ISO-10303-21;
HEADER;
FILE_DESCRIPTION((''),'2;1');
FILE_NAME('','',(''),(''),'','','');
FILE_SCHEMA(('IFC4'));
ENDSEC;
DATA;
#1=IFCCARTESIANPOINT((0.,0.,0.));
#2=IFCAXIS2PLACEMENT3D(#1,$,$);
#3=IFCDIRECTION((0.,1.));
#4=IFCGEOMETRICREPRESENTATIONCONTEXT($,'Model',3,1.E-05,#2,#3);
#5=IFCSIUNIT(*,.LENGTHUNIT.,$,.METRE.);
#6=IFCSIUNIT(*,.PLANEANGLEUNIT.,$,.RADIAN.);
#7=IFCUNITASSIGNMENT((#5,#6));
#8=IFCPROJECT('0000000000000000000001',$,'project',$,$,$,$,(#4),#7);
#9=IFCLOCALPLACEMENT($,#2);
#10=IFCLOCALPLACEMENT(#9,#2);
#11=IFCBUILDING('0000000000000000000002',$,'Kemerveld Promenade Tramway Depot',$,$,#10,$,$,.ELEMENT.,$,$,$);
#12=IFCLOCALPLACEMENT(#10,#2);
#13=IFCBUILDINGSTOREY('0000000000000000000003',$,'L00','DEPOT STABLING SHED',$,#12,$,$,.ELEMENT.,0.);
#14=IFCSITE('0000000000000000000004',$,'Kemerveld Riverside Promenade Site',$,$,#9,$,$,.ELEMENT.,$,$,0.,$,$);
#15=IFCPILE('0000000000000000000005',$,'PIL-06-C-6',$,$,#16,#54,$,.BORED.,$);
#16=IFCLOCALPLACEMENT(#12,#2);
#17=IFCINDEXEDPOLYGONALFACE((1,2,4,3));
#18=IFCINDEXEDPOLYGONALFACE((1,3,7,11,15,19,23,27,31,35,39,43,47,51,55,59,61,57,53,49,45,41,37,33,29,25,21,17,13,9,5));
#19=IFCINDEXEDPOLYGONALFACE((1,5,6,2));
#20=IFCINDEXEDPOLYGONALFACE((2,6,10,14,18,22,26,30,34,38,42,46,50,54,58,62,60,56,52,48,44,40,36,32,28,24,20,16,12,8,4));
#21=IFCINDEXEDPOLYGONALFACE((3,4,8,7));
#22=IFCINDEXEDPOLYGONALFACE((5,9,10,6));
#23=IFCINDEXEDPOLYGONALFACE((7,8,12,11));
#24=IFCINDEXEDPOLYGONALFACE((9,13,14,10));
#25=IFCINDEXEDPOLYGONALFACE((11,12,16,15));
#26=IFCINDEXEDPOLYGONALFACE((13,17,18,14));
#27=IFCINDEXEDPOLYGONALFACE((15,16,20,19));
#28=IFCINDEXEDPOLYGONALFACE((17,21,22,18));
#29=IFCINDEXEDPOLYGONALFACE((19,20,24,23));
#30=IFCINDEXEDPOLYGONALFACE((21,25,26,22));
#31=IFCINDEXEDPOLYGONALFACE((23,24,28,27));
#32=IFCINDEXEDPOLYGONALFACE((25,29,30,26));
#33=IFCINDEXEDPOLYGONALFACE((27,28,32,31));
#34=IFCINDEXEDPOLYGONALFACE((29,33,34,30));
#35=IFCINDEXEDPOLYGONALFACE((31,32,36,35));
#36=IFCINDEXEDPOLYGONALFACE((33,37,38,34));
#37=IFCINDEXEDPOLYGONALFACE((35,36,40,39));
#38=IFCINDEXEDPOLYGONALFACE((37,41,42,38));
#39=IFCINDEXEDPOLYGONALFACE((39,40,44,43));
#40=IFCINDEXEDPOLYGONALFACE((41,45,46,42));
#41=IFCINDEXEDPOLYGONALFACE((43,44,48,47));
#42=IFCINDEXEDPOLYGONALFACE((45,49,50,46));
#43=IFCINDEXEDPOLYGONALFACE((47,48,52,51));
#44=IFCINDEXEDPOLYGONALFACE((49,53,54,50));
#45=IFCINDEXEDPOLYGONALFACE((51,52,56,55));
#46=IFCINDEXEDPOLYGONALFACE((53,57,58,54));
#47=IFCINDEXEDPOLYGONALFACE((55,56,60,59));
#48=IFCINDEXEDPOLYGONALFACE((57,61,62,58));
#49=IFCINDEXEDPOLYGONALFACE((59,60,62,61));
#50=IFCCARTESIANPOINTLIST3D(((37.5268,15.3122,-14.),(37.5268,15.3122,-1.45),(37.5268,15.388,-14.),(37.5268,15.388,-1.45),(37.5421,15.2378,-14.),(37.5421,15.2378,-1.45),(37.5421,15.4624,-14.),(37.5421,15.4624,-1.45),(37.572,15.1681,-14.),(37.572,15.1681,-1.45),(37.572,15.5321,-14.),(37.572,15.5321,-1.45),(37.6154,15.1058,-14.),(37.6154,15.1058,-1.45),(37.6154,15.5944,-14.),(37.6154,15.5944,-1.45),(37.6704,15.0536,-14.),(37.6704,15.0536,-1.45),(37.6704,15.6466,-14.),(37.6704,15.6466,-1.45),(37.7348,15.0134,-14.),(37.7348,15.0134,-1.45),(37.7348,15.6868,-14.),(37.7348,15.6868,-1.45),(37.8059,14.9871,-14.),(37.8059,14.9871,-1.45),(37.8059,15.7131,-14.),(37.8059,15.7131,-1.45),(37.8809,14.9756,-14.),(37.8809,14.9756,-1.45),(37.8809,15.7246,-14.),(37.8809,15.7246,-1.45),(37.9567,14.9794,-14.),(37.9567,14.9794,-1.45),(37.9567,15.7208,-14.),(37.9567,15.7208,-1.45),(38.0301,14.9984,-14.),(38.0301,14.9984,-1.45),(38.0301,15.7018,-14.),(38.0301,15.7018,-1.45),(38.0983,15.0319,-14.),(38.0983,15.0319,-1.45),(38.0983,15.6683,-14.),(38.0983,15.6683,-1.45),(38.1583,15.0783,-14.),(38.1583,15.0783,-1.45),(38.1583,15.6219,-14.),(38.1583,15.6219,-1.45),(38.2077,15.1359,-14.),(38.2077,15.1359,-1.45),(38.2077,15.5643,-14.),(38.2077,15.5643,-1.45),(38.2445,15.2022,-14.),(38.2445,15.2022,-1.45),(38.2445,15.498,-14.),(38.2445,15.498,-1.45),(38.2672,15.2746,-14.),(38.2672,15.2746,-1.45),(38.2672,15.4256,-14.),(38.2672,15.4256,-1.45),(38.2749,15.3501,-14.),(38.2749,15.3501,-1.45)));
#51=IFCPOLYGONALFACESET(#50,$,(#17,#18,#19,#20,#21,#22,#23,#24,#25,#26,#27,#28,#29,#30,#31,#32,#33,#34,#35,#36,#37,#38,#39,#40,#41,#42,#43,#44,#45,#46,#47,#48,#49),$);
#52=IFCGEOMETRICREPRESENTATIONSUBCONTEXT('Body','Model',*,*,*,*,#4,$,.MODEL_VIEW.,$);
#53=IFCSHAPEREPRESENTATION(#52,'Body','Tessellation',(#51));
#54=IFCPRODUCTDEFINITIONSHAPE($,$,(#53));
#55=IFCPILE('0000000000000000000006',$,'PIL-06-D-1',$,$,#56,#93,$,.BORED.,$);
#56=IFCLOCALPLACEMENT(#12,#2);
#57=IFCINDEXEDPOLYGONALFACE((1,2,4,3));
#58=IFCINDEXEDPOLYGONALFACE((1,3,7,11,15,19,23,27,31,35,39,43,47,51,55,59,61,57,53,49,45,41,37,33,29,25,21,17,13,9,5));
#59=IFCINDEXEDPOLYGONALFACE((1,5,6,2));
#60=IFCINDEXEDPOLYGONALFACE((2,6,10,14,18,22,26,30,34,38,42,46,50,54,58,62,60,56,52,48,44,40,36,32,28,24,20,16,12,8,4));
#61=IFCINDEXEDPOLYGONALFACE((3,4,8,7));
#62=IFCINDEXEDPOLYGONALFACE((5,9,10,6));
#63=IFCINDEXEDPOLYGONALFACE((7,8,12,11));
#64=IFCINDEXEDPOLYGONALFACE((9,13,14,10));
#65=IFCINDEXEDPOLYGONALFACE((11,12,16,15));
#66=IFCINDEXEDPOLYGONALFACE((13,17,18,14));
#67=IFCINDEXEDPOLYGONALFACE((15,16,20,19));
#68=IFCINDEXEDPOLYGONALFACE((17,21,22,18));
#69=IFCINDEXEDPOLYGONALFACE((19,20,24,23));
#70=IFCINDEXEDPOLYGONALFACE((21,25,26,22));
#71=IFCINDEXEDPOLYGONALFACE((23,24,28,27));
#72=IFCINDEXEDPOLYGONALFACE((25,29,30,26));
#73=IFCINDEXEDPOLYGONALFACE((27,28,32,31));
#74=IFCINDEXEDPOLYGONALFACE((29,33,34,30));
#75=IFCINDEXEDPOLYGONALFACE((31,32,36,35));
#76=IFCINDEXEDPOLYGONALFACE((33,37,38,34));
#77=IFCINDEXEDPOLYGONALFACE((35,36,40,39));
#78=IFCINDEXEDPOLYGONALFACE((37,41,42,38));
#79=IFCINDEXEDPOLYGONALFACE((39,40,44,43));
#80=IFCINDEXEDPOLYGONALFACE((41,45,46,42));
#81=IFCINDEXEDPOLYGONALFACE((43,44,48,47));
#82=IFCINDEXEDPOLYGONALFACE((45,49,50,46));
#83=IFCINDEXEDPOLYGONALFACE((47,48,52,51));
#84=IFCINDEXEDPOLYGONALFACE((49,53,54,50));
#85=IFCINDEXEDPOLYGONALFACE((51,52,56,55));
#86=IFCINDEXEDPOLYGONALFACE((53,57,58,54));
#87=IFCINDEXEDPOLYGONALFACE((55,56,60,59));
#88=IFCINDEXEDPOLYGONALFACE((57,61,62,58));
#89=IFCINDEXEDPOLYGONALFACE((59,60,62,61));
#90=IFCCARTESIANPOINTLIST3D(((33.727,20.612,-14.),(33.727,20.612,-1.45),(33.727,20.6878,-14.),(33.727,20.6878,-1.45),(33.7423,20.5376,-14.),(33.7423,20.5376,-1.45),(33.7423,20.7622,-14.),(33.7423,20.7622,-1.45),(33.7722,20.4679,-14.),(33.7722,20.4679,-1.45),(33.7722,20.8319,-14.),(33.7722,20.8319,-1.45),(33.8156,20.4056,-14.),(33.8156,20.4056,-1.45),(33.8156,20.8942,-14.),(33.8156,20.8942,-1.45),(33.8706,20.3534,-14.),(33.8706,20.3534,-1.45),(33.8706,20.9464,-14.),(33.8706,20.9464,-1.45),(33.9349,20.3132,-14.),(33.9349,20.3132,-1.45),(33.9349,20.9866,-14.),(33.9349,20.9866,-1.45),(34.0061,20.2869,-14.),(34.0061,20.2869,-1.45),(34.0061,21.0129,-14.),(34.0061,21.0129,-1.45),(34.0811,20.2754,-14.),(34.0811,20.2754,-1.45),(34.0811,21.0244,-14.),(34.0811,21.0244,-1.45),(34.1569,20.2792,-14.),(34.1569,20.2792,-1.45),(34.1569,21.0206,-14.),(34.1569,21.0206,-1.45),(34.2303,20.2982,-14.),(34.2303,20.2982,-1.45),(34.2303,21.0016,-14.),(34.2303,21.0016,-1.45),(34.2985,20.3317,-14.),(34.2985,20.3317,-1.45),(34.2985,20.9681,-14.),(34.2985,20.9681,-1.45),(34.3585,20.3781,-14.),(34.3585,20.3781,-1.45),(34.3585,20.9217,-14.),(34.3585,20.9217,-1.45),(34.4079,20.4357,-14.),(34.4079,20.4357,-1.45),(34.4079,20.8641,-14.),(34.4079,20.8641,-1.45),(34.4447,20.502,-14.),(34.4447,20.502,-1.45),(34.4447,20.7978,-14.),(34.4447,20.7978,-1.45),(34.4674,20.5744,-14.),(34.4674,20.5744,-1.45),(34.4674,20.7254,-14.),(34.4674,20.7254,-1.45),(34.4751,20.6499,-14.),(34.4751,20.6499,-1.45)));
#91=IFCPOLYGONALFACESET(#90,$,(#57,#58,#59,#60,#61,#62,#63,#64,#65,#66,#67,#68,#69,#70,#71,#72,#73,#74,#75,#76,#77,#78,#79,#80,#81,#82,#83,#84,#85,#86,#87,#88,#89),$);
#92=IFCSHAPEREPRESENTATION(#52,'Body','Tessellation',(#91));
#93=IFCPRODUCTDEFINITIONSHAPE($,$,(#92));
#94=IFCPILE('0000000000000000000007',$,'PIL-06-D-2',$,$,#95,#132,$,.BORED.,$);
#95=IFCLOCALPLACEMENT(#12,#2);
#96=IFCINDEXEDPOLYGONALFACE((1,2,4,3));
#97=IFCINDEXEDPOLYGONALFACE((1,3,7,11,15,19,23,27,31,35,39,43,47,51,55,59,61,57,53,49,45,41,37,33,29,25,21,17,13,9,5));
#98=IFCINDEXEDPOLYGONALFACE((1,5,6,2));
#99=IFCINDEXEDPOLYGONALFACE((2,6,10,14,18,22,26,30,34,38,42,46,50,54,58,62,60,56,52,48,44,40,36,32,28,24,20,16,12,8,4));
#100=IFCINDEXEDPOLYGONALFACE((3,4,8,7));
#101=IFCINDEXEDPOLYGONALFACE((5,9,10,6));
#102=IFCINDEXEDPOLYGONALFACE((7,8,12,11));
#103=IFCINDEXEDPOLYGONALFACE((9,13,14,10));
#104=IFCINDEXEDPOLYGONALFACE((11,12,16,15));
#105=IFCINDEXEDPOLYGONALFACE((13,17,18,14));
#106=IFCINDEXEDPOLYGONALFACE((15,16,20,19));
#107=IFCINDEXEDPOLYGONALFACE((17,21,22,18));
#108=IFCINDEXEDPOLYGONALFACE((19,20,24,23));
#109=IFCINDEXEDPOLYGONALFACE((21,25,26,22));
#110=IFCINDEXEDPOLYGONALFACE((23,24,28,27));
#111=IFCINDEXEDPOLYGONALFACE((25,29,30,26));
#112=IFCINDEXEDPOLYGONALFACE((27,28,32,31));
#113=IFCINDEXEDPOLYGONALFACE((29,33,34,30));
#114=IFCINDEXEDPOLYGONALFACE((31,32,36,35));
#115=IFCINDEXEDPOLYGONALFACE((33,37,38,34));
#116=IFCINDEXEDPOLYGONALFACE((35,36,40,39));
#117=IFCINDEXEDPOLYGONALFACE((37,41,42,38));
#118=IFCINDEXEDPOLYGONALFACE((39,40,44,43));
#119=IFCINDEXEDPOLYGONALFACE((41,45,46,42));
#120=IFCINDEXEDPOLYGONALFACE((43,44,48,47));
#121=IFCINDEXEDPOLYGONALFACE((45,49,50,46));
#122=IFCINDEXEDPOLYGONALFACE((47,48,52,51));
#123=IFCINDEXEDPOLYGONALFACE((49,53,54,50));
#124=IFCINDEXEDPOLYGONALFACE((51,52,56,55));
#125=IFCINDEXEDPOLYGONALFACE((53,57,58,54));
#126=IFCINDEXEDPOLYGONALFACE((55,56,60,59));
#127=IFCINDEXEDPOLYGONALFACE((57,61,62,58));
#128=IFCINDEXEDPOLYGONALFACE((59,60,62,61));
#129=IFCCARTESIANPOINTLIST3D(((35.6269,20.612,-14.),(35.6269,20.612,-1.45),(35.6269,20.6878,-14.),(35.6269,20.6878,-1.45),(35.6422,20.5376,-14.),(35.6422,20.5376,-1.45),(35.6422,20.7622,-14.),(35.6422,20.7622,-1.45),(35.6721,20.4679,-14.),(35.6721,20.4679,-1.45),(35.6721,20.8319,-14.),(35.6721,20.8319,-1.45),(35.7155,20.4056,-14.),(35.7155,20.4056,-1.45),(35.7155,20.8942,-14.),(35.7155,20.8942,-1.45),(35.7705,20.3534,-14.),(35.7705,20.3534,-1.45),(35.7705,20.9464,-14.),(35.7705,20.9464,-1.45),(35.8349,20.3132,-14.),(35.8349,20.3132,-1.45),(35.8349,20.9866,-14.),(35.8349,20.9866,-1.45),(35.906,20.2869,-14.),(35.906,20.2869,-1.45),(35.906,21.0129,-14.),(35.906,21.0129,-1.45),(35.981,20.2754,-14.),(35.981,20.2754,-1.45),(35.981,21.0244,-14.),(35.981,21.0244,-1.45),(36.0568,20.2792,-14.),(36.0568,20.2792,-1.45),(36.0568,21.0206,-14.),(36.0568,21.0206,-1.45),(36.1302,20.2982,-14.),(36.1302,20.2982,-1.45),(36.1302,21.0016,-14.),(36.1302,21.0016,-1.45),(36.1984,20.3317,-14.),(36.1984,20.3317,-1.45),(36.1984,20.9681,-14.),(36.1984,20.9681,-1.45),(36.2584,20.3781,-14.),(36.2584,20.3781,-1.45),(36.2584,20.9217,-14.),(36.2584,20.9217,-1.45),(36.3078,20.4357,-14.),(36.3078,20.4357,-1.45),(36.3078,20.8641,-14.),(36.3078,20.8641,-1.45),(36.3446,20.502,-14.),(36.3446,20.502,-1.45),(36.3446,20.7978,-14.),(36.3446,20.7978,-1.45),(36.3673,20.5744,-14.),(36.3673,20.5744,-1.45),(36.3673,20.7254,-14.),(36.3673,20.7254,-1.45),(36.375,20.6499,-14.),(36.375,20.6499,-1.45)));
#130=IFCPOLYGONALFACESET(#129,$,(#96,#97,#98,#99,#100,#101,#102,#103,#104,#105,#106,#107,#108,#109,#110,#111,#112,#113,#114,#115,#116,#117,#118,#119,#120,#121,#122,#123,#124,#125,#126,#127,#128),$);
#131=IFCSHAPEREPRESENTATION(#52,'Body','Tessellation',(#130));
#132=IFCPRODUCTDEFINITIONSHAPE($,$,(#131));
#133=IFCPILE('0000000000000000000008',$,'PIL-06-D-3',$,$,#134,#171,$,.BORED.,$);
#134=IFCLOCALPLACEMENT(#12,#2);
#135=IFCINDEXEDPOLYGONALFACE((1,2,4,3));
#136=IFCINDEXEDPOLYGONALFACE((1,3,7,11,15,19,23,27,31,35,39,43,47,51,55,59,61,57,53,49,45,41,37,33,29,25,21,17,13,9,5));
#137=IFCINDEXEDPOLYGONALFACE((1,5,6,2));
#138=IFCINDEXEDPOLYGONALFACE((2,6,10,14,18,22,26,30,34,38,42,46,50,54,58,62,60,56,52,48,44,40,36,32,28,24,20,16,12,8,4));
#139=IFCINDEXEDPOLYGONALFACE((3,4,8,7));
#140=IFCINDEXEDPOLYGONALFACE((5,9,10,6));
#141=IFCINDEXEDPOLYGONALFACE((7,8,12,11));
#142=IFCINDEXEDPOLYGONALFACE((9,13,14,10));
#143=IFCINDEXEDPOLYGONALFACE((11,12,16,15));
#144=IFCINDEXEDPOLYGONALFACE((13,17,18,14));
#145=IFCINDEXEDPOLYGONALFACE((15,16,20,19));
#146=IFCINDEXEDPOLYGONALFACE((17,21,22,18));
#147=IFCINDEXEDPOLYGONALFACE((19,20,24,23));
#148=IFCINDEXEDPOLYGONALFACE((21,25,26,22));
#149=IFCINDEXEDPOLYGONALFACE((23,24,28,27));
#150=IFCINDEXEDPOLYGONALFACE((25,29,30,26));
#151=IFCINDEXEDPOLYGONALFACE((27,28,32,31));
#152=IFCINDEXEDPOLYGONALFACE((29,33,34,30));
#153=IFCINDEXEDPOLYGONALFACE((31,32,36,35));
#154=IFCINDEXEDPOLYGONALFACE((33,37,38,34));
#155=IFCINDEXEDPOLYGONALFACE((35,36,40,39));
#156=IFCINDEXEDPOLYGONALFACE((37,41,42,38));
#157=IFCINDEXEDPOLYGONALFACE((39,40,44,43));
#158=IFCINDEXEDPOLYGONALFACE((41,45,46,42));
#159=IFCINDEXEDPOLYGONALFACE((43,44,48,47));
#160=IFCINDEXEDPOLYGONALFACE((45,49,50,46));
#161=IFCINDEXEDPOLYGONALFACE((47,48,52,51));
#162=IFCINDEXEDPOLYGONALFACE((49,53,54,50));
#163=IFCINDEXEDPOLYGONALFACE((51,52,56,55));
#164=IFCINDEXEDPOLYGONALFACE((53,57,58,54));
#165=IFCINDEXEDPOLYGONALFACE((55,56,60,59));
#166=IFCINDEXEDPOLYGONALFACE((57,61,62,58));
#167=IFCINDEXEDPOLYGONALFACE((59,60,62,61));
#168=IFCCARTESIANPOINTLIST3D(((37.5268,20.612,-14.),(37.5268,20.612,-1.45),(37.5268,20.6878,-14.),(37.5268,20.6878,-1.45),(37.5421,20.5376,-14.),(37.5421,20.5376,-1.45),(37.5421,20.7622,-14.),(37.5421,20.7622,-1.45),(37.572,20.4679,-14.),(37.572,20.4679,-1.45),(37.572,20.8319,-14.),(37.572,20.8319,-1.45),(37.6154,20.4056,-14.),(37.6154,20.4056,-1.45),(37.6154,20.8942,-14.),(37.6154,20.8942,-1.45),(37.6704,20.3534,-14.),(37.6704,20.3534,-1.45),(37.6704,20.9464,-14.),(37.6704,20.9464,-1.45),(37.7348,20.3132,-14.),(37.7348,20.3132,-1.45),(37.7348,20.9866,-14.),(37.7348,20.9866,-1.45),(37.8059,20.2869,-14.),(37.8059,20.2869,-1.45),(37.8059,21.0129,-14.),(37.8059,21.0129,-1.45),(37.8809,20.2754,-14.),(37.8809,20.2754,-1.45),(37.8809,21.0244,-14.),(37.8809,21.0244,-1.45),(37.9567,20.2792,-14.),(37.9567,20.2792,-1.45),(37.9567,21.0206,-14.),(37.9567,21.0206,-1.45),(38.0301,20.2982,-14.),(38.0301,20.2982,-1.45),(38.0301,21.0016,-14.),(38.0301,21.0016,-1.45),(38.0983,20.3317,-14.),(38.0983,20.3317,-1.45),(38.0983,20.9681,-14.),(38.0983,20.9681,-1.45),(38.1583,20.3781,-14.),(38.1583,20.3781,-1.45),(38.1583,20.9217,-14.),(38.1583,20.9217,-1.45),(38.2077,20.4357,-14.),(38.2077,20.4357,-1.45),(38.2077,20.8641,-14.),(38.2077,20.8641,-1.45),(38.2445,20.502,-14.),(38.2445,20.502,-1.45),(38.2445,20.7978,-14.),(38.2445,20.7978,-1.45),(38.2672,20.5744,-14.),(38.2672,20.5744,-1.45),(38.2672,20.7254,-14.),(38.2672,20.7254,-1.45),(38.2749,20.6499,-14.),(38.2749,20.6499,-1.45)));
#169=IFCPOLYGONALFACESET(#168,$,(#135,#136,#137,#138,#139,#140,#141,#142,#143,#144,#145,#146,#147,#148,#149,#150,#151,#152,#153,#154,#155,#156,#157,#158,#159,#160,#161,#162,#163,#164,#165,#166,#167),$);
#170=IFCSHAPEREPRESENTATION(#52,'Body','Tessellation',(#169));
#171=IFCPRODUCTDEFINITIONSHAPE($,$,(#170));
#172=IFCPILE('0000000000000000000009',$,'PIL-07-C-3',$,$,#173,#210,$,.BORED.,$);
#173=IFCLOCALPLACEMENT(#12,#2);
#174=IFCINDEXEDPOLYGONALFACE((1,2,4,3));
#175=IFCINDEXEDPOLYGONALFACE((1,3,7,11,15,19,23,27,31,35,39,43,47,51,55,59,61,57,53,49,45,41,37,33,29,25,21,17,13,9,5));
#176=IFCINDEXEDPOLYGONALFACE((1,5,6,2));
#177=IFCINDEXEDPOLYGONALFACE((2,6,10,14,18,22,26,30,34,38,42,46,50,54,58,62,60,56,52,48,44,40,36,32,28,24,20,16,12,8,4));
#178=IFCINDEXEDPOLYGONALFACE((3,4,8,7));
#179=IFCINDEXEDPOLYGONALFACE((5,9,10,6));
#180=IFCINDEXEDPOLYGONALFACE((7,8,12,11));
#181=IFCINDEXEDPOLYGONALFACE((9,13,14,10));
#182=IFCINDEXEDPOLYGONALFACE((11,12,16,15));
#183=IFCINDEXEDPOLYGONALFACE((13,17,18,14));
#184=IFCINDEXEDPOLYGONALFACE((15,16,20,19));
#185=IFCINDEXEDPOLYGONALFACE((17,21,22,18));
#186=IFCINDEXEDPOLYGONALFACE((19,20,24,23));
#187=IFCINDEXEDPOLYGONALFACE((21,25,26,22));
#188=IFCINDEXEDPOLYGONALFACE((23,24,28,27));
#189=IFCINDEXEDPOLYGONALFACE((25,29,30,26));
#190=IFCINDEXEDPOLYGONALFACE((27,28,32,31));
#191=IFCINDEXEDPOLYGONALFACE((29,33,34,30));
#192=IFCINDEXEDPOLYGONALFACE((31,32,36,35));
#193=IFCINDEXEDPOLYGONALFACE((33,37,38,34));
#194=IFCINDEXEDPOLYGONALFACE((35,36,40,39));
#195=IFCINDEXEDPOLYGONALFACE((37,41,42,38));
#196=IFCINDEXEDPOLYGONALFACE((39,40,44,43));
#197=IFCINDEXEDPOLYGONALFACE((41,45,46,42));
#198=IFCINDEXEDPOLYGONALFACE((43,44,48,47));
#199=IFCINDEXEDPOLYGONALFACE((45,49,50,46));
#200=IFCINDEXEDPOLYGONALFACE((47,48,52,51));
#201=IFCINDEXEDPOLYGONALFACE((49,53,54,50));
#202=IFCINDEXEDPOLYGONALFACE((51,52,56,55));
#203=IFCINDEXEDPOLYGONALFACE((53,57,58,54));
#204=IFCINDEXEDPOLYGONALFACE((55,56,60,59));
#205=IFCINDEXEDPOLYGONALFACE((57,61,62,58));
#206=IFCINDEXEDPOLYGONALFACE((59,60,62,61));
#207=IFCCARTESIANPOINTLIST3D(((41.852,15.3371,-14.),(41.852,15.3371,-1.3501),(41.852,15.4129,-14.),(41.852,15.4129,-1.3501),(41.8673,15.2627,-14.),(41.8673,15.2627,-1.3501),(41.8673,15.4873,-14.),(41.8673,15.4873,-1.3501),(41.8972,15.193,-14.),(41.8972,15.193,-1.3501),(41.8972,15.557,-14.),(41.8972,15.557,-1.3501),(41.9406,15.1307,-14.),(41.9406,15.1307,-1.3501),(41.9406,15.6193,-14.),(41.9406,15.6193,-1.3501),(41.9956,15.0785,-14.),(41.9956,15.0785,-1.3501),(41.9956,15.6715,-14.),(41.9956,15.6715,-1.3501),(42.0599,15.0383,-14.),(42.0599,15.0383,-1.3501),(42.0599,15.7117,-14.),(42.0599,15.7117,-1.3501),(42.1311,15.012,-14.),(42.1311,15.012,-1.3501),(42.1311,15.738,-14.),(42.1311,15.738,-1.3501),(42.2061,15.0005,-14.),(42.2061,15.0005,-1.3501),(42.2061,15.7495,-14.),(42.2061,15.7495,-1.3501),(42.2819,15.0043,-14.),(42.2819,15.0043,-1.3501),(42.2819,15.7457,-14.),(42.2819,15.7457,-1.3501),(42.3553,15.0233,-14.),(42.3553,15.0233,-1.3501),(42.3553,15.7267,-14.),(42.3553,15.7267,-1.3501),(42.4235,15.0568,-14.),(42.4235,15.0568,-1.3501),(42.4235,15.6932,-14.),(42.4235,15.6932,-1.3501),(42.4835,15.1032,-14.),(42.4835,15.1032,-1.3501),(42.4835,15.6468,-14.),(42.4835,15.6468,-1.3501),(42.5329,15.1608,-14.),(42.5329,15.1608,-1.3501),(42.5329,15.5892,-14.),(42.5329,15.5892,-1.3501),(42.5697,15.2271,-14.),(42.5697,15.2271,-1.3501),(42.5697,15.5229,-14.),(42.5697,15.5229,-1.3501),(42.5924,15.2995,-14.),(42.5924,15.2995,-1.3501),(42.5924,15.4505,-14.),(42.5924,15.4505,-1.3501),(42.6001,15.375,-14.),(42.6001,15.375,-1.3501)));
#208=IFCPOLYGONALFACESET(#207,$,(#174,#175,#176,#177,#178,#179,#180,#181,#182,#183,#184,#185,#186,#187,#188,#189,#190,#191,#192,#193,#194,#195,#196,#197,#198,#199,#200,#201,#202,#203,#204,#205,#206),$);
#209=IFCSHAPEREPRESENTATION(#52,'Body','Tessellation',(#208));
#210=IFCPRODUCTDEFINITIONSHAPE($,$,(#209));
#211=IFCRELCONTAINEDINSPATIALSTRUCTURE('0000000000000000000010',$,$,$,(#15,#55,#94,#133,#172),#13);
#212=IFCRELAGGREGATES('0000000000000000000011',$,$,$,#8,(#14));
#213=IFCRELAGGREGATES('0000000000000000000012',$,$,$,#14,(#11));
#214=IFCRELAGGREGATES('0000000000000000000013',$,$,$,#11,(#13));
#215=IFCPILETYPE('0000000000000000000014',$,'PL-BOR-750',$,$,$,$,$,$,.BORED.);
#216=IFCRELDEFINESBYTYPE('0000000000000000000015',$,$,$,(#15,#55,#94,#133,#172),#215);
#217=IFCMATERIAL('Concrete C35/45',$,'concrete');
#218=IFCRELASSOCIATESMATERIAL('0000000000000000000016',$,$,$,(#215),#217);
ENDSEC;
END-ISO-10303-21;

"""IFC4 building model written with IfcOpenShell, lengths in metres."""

from ifc_helpers import new_model, si_unit, direction, frame, origin, origin_2d, place, context, subcontext, project, spatial, circle, extrude, material, material_profile, profile_set, type_object, element, save


model = new_model("IFC4")

# Units and contexts
model_context = context("Model", 3, precision=1e-05, world=origin(), true_north=direction((0.0, 1.0)))
body_context = subcontext(model_context, "Body", "Model", "MODEL_VIEW")
ifc_project = project(units=[si_unit("LENGTHUNIT", "METRE"), si_unit("PLANEANGLEUNIT", "RADIAN")], contexts=[model_context])

# Site, building, storey
site_placement = place(None, origin())
site = spatial("IfcSite", under=ifc_project, at=site_placement, Name="Kemerveld Riverside Promenade Site", CompositionType="ELEMENT", RefElevation=0.0)
building_placement = place(site_placement, origin())
building = spatial("IfcBuilding", under=site, at=building_placement, Name="Kemerveld Promenade Tramway Depot", CompositionType="ELEMENT")
storey_placement = place(building_placement, origin())
storey = spatial("IfcBuildingStorey", under=building, at=storey_placement, Name="L00", Description="DEPOT STABLING SHED", CompositionType="ELEMENT", Elevation=0.0)

# Shared definitions
ifc_material_1 = material(Name="Concrete C35/45", Category="concrete")

# Piles
ifc_material_profile_1 = material_profile(ifc_material_1, circle(Radius=0.375, at=origin_2d()), Name="PILE-D750")
ifc_profile_set_1 = profile_set([ifc_material_profile_1], Name="Concrete C35/45")
pile_type = type_object("IfcPileType", Name="PL-BOR-750", PredefinedType="BORED", material=ifc_profile_set_1)
for number, where, z_axis, x_axis, name in (
    (1, (37.8999, 15.3501, -1.45), (0.0, 0.0, -1.0), (1.0, 0.0, 0.0), "PIL-06-C-6"),
    (2, (34.1001, 20.6499, -1.45), (0.0, 0.0, -1.0), (1.0, 0.0, 0.0), "PIL-06-D-1"),
    (3, (36.0, 20.6499, -1.45), (0.0, 0.0, -1.0), (1.0, 0.0, 0.0), "PIL-06-D-2"),
    (4, (37.8999, 20.6499, -1.45), (0.0, 0.0, -1.0), (1.0, 0.0, 0.0), "PIL-06-D-3"),
):
    element("IfcPile", number, at=place(storey_placement, frame(where, z_axis=z_axis, x_axis=x_axis)), inside=storey, type_object=pile_type, Name=name, PredefinedType="BORED", context=body_context, shape_type="SweptSolid", body=[
        extrude(circle(Radius=0.375, at=origin_2d()), origin(), (0.0, 0.0, 1.0), 12.55),
    ])
for number, where, z_axis, x_axis, name in (
    (5, (42.2251, 15.375, -1.3501), (0.0, 0.0, -1.0), (1.0, 0.0, 0.0), "PIL-07-C-3"),
):
    element("IfcPile", number, at=place(storey_placement, frame(where, z_axis=z_axis, x_axis=x_axis)), inside=storey, type_object=pile_type, Name=name, PredefinedType="BORED", context=body_context, shape_type="SweptSolid", body=[
        extrude(circle(Radius=0.375, at=origin_2d()), origin(), (0.0, 0.0, 1.0), 12.6499),
    ])

save(model, "model.ifc")
